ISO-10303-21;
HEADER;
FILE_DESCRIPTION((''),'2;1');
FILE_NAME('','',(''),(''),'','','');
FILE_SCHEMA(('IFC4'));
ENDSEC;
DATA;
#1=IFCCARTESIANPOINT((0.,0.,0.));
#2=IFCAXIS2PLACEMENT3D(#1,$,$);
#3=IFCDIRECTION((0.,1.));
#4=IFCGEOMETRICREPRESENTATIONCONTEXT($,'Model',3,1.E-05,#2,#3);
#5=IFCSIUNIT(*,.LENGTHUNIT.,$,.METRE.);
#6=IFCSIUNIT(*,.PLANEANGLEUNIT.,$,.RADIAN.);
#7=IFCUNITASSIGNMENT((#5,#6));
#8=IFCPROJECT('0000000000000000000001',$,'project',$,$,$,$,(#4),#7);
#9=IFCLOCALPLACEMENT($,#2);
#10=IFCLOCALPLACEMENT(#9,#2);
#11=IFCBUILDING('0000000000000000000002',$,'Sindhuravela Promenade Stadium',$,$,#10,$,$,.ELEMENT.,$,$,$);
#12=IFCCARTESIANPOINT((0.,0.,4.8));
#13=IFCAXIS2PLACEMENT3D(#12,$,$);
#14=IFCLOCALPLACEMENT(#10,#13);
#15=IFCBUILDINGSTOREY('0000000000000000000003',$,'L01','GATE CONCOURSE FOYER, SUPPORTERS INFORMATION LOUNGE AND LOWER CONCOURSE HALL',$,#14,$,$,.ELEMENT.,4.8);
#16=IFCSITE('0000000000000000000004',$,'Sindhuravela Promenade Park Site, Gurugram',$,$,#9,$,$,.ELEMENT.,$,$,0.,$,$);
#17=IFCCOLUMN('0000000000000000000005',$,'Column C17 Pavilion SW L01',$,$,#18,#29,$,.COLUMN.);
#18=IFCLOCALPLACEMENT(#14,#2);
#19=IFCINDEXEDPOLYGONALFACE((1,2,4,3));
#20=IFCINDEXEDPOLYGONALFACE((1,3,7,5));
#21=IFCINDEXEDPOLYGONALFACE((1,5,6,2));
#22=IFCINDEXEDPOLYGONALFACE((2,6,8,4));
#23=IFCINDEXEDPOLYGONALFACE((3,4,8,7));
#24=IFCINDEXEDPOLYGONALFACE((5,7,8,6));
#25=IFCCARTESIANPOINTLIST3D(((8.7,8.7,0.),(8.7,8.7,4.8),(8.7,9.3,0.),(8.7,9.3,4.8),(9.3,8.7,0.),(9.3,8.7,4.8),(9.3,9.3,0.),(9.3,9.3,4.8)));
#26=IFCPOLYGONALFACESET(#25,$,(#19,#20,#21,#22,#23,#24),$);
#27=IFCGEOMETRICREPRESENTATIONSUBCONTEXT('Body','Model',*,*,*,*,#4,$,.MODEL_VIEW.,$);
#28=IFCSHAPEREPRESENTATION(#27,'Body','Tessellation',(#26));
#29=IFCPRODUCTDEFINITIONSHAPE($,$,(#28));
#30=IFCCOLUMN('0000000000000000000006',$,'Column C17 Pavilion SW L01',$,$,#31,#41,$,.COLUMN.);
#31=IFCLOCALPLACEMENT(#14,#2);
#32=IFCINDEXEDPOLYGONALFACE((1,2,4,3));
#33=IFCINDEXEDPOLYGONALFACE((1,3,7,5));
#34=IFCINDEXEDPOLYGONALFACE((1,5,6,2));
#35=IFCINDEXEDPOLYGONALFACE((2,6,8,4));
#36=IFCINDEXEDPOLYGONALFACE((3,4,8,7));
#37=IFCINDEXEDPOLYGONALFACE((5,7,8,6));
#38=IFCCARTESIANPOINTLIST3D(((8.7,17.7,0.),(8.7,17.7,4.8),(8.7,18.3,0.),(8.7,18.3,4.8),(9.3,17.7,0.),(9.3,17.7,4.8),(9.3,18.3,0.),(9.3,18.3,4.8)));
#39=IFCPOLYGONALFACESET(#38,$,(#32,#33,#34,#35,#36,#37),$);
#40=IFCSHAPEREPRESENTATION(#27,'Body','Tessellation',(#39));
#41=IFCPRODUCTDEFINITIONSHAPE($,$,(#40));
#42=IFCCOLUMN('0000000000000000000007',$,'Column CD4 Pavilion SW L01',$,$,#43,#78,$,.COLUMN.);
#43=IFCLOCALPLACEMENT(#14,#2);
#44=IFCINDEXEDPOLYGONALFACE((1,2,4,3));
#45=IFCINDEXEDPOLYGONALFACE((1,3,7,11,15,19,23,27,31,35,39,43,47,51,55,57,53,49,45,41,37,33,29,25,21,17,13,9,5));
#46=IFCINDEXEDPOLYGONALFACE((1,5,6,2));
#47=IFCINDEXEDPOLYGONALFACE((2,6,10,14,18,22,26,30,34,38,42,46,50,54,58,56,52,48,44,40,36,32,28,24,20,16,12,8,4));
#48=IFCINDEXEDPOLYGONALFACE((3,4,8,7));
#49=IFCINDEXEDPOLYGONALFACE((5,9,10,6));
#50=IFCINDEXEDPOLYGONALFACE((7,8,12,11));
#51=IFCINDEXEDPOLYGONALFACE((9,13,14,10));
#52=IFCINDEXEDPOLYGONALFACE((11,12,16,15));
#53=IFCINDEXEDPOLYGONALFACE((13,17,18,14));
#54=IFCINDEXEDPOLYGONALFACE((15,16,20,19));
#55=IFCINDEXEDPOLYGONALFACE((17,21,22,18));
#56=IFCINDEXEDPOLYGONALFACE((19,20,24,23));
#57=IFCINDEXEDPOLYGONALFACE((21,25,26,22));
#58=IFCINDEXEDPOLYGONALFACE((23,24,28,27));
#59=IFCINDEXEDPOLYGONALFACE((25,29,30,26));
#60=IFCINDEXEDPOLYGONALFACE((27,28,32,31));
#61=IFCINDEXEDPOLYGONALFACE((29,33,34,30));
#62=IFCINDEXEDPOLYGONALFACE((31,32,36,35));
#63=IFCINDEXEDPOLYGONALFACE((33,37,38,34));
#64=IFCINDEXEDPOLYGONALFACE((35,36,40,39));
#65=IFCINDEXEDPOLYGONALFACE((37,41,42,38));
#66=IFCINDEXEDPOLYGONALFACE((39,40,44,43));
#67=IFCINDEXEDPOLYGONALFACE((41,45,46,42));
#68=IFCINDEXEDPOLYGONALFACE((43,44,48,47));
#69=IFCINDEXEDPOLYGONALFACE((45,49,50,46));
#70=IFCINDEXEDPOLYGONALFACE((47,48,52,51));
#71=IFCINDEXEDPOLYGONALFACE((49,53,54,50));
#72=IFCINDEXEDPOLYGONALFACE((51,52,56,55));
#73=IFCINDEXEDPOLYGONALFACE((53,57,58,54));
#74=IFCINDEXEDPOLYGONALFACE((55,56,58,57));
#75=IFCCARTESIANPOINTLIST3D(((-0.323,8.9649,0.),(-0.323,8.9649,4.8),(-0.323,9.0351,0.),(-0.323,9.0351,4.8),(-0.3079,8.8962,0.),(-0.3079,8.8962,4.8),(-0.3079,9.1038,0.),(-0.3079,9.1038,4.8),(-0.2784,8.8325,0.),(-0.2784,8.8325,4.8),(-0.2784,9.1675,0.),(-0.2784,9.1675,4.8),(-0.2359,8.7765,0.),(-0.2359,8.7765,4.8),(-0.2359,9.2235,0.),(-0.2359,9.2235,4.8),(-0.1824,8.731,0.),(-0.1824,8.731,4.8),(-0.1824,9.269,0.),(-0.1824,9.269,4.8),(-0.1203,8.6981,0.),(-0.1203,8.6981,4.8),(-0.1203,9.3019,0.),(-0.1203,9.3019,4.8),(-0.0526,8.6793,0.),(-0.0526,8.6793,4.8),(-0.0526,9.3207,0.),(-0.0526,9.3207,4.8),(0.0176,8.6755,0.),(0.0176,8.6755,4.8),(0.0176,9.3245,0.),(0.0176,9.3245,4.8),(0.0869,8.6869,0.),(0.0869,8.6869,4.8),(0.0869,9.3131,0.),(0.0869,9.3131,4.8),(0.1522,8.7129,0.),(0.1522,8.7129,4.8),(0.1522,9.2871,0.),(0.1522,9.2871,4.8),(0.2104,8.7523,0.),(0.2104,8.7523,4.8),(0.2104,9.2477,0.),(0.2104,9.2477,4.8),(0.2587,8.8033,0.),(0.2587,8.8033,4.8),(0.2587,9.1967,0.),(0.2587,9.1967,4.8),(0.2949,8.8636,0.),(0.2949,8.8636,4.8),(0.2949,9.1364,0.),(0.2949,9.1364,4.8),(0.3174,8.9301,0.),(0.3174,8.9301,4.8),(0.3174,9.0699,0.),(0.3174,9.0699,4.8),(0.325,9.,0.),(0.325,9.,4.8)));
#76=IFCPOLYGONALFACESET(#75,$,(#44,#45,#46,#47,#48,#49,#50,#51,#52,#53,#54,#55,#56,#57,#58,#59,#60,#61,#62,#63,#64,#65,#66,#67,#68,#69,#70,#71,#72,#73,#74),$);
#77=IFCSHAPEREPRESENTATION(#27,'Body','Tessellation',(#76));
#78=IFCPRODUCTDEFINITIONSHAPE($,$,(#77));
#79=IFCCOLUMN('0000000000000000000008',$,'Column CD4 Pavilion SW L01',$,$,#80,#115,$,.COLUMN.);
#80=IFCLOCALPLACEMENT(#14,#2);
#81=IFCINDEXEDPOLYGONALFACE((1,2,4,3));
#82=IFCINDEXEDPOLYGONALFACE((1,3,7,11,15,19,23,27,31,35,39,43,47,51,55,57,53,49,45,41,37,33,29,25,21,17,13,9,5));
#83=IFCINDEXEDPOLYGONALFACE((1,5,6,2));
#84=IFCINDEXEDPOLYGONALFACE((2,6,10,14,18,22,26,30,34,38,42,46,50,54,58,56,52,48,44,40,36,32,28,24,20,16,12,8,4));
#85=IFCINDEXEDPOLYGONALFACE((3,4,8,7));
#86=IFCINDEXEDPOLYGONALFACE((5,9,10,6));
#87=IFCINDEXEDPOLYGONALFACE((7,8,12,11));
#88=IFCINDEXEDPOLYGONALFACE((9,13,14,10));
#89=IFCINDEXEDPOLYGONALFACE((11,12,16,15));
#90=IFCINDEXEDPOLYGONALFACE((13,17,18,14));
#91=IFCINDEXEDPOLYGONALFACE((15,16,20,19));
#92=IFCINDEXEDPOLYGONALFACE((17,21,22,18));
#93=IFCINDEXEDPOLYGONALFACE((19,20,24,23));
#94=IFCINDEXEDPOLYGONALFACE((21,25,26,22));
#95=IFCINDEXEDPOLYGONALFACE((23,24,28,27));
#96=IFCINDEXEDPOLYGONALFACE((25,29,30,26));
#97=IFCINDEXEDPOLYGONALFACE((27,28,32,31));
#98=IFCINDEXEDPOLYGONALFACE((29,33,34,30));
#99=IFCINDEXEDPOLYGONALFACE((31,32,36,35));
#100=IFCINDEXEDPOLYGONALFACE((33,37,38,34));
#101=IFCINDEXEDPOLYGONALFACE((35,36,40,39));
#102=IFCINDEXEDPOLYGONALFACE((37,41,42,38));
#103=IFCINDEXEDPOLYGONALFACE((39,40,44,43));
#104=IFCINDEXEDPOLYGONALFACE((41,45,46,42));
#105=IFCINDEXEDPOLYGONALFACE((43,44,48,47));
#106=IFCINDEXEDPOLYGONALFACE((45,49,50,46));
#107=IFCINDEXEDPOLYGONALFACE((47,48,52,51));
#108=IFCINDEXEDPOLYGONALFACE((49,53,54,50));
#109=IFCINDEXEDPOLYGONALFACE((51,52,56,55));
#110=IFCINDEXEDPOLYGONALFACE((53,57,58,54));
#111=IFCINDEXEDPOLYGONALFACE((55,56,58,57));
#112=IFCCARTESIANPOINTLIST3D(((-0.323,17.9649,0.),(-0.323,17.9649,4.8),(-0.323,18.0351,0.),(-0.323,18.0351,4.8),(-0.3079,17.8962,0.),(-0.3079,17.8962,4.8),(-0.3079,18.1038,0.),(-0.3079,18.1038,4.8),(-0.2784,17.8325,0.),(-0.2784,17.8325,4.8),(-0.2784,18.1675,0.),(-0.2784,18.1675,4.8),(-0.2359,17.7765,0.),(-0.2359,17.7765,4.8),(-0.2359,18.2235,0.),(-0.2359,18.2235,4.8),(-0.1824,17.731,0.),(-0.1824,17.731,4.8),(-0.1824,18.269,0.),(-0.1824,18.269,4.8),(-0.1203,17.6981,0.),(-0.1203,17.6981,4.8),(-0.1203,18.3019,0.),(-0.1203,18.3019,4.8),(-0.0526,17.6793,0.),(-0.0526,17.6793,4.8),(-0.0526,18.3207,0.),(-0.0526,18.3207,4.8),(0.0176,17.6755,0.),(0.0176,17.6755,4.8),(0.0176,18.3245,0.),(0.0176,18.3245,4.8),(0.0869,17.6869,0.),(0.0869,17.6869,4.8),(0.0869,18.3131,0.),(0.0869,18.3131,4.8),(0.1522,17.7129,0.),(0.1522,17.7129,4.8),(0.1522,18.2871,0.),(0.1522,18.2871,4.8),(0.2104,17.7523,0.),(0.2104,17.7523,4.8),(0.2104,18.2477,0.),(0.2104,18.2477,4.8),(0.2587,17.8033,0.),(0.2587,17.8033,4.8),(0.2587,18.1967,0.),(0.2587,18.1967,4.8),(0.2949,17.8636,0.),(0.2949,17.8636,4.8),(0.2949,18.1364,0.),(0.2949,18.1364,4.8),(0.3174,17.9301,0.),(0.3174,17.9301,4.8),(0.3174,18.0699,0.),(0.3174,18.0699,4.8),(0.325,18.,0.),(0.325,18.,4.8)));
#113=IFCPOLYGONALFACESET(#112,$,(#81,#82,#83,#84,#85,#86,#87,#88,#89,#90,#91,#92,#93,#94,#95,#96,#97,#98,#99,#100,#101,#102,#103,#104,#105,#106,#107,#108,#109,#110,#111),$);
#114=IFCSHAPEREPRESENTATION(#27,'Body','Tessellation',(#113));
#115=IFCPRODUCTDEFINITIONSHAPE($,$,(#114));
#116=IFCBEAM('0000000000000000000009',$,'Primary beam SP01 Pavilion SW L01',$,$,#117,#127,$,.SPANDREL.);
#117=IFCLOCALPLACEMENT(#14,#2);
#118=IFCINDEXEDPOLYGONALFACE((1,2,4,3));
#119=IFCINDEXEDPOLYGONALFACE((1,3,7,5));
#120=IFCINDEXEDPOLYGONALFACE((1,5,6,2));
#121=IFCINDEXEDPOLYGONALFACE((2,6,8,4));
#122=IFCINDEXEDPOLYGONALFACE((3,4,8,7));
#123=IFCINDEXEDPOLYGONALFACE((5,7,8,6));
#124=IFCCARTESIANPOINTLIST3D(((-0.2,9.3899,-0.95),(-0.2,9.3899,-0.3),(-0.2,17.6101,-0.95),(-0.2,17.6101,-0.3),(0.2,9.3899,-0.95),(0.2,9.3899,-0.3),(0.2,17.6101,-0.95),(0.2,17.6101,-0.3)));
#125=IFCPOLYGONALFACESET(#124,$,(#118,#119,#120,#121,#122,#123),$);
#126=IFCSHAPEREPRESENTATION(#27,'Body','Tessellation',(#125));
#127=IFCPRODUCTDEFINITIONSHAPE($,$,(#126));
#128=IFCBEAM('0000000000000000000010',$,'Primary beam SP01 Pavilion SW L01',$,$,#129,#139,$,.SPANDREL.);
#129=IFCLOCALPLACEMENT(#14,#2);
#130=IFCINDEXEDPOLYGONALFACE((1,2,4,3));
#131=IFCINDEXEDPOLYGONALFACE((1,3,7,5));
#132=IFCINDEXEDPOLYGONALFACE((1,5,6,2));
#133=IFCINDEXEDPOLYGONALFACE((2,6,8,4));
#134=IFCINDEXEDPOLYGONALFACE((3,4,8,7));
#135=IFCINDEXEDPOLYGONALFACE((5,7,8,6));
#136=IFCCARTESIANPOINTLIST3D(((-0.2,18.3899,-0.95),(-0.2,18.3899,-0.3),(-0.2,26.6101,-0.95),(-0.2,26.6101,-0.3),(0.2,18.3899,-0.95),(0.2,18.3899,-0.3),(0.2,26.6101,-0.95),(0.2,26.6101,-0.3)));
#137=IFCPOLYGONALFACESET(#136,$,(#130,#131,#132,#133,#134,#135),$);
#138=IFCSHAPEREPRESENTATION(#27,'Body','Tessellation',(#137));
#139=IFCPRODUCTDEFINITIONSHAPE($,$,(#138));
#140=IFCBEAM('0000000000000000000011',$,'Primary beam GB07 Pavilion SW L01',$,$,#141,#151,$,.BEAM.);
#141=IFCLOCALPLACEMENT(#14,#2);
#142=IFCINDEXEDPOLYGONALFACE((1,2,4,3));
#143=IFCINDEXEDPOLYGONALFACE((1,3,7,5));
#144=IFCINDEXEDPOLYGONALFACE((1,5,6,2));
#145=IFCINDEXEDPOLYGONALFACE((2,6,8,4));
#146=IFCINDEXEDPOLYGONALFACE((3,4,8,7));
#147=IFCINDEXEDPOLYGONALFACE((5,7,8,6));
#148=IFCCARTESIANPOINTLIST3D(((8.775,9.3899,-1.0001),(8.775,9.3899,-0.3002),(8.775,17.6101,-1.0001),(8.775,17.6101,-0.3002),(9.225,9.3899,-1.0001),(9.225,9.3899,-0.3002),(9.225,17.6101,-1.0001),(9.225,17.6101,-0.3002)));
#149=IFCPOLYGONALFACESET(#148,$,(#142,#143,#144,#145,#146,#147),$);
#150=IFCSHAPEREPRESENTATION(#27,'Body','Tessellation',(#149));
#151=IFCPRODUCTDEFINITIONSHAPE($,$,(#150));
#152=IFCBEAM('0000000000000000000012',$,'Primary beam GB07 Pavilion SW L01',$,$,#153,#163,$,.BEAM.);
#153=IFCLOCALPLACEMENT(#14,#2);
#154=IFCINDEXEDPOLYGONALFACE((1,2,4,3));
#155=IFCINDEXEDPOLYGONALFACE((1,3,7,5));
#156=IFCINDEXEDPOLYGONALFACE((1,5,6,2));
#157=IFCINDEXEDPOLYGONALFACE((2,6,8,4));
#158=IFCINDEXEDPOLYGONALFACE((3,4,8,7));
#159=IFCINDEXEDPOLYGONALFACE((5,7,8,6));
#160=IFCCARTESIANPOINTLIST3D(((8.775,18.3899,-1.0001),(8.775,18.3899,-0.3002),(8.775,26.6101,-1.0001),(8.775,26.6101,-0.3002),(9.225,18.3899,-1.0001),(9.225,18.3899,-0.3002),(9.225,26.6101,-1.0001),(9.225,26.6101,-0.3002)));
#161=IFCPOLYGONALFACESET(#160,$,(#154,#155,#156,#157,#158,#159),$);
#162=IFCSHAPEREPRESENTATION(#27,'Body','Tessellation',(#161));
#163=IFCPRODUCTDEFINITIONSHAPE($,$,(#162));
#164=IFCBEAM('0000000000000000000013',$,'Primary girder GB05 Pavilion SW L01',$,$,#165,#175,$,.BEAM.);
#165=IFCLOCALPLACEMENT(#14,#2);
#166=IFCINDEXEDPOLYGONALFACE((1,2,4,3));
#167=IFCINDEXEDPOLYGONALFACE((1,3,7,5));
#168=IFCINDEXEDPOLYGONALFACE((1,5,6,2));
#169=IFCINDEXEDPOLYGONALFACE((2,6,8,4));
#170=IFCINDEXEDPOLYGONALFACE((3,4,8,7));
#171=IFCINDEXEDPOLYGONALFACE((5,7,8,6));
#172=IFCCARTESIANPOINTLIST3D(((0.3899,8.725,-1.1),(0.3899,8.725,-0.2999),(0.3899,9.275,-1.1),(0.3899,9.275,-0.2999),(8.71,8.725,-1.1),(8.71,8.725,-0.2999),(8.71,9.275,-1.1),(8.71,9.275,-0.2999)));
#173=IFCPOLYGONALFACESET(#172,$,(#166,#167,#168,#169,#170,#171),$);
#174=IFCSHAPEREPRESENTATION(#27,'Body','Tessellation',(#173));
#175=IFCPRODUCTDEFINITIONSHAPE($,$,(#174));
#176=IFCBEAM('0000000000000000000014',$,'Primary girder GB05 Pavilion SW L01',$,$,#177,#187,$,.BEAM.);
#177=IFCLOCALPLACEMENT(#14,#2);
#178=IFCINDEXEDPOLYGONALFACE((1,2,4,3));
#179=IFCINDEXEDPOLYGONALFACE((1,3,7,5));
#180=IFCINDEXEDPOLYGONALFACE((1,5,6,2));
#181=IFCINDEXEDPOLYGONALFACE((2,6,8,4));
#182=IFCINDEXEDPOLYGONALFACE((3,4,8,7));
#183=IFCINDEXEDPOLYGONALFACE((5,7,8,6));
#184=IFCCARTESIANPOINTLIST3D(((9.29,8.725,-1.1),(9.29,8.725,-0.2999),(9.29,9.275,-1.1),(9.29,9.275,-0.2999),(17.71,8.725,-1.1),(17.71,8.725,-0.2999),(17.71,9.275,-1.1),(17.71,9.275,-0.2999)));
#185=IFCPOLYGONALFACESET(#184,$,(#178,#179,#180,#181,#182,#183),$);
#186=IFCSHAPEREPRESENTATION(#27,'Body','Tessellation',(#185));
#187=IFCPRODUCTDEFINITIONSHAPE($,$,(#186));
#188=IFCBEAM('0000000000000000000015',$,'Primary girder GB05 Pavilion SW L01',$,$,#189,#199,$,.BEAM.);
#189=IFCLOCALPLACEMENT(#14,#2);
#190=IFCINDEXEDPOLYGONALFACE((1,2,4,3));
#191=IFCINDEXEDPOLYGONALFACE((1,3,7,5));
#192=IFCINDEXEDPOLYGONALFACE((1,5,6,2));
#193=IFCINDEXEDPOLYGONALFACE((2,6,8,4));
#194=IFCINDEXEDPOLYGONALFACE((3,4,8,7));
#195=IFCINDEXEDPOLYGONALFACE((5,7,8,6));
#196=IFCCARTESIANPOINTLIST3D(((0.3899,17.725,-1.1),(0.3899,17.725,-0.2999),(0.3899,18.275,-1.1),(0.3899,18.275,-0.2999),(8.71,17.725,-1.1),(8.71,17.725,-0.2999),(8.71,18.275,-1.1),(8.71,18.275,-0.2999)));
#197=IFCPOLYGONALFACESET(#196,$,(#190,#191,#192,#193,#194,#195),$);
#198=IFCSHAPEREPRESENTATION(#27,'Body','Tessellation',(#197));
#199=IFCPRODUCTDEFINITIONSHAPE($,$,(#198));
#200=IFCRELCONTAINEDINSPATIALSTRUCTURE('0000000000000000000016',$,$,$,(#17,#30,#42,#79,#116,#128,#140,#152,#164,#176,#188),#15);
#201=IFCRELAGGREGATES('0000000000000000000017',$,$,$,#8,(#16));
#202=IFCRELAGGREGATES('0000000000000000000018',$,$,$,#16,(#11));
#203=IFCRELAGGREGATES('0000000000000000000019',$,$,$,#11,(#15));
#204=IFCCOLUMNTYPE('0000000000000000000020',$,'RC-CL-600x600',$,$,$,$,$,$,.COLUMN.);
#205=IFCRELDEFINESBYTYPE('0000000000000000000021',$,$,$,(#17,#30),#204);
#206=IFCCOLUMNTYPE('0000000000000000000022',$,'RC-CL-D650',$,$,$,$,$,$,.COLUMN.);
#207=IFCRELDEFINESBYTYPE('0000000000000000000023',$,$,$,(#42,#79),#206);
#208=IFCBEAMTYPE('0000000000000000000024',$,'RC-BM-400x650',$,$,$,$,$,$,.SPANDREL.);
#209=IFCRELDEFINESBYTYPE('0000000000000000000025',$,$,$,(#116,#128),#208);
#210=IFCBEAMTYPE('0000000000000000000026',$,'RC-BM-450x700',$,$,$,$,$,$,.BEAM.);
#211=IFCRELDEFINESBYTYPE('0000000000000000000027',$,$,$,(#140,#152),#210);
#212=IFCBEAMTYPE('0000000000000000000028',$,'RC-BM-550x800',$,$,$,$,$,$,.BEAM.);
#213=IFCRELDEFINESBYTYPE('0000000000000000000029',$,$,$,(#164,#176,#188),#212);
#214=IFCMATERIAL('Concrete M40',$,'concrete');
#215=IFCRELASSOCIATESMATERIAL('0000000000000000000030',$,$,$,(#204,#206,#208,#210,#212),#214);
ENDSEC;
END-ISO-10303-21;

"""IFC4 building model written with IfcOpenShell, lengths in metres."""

from ifc_helpers import new_model, si_unit, direction, frame, origin, origin_2d, place, context, subcontext, project, spatial, rectangle, circle, extrude, material, material_profile, profile_set, type_object, element, save


model = new_model("IFC4")

# Units and contexts
model_context = context("Model", 3, precision=1e-05, world=origin(), true_north=direction((0.0, 1.0)))
body_context = subcontext(model_context, "Body", "Model", "MODEL_VIEW")
ifc_project = project(units=[si_unit("LENGTHUNIT", "METRE"), si_unit("PLANEANGLEUNIT", "RADIAN")], contexts=[model_context])

# Site, building, storey
site_placement = place(None, origin())
site = spatial("IfcSite", under=ifc_project, at=site_placement, Name="Sindhuravela Promenade Park Site, Gurugram", CompositionType="ELEMENT", RefElevation=0.0)
building_placement = place(site_placement, origin())
building = spatial("IfcBuilding", under=site, at=building_placement, Name="Sindhuravela Promenade Stadium", CompositionType="ELEMENT")
storey_placement = place(building_placement, frame((0.0, 0.0, 4.8)))
storey = spatial("IfcBuildingStorey", under=building, at=storey_placement, Name="L01", Description="GATE CONCOURSE FOYER, SUPPORTERS INFORMATION LOUNGE AND LOWER CONCOURSE HALL", CompositionType="ELEMENT", Elevation=4.8)

# Columns
ifc_material_1 = material(Name="Concrete M40", Category="concrete")
ifc_material_profile_1 = material_profile(ifc_material_1, rectangle(XDim=0.6001, YDim=0.6001, at=origin_2d()), Name="RC 600x600")
ifc_profile_set_1 = profile_set([ifc_material_profile_1], Name="Concrete M40")
column_type_1 = type_object("IfcColumnType", Name="RC-CL-600x600", PredefinedType="COLUMN", material=ifc_profile_set_1)
for number, where, z_axis, x_axis, name in (
    (1, (9.0, 9.0, 0.0), (0.0, 0.0, 1.0), (1.0, 0.0, 0.0), "Column C17 Pavilion SW L01"),
    (2, (9.0, 18.0, 0.0), (0.0, 0.0, 1.0), (1.0, 0.0, 0.0), "Column C17 Pavilion SW L01"),
):
    element("IfcColumn", number, at=place(storey_placement, frame(where, z_axis=z_axis, x_axis=x_axis)), inside=storey, type_object=column_type_1, Name=name, PredefinedType="COLUMN", context=body_context, shape_type="SweptSolid", body=[
        extrude(rectangle(XDim=0.6001, YDim=0.6001, at=origin_2d()), origin(), (0.0, 0.0, 1.0), 4.8),
    ])
ifc_material_profile_2 = material_profile(ifc_material_1, circle(Radius=0.325, at=origin_2d()), Name="RC D650")
ifc_profile_set_2 = profile_set([ifc_material_profile_2], Name="Concrete M40")
column_type_2 = type_object("IfcColumnType", Name="RC-CL-D650", PredefinedType="COLUMN", material=ifc_profile_set_2)
for number, where, z_axis, x_axis, name in (
    (3, (0.0, 9.0, 0.0), (0.0, 0.0, 1.0), (1.0, 0.0, 0.0), "Column CD4 Pavilion SW L01"),
    (4, (0.0, 18.0, 0.0), (0.0, 0.0, 1.0), (1.0, 0.0, 0.0), "Column CD4 Pavilion SW L01"),
):
    element("IfcColumn", number, at=place(storey_placement, frame(where, z_axis=z_axis, x_axis=x_axis)), inside=storey, type_object=column_type_2, Name=name, PredefinedType="COLUMN", context=body_context, shape_type="SweptSolid", body=[
        extrude(circle(Radius=0.325, at=origin_2d()), origin(), (0.0, 0.0, 1.0), 4.8),
    ])

# Beams
ifc_material_profile_3 = material_profile(ifc_material_1, rectangle(XDim=0.3999, YDim=0.6499, at=origin_2d()), Name="RC 400x650")
ifc_profile_set_3 = profile_set([ifc_material_profile_3], Name="Concrete M40")
beam_type_1 = type_object("IfcBeamType", Name="RC-BM-400x650", PredefinedType="SPANDREL", material=ifc_profile_set_3)
for number, where, z_axis, x_axis, name in (
    (5, (0.0, 9.3899, -0.625), (0.0, 1.0, 0.0), (-1.0, 0.0, 0.0), "Primary beam SP01 Pavilion SW L01"),
    (6, (0.0, 18.3899, -0.625), (0.0, 1.0, 0.0), (-1.0, 0.0, 0.0), "Primary beam SP01 Pavilion SW L01"),
):
    element("IfcBeam", number, at=place(storey_placement, frame(where, z_axis=z_axis, x_axis=x_axis)), inside=storey, type_object=beam_type_1, Name=name, PredefinedType="SPANDREL", context=body_context, shape_type="SweptSolid", body=[
        extrude(rectangle(XDim=0.3999, YDim=0.6499, at=origin_2d()), origin(), (0.0, 0.0, 1.0), 8.2202),
    ])
ifc_material_profile_4 = material_profile(ifc_material_1, rectangle(XDim=0.45, YDim=0.7, at=origin_2d()), Name="RC 450x700")
ifc_profile_set_4 = profile_set([ifc_material_profile_4], Name="Concrete M40")
beam_type_2 = type_object("IfcBeamType", Name="RC-BM-450x700", PredefinedType="BEAM", material=ifc_profile_set_4)
for number, where, z_axis, x_axis, name in (
    (7, (9.0, 9.3899, -0.6501), (0.0, 1.0, 0.0), (-1.0, 0.0, 0.0), "Primary beam GB07 Pavilion SW L01"),
    (8, (9.0, 18.3899, -0.6501), (0.0, 1.0, 0.0), (-1.0, 0.0, 0.0), "Primary beam GB07 Pavilion SW L01"),
):
    element("IfcBeam", number, at=place(storey_placement, frame(where, z_axis=z_axis, x_axis=x_axis)), inside=storey, type_object=beam_type_2, Name=name, PredefinedType="BEAM", context=body_context, shape_type="SweptSolid", body=[
        extrude(rectangle(XDim=0.45, YDim=0.7, at=origin_2d()), origin(), (0.0, 0.0, 1.0), 8.2202),
    ])
ifc_material_profile_5 = material_profile(ifc_material_1, rectangle(XDim=0.55, YDim=0.8, at=origin_2d()), Name="RC 550x800")
ifc_profile_set_5 = profile_set([ifc_material_profile_5], Name="Concrete M40")
beam_type_3 = type_object("IfcBeamType", Name="RC-BM-550x800", PredefinedType="BEAM", material=ifc_profile_set_5)
beam_1_placement = place(storey_placement, frame((0.3899, 9.0, -0.7), z_axis=(1.0, 0.0, 0.0), x_axis=(0.0, 1.0, 0.0)))
element("IfcBeam", 9, at=beam_1_placement, inside=storey, type_object=beam_type_3, Name="Primary girder GB05 Pavilion SW L01", PredefinedType="BEAM", context=body_context, shape_type="SweptSolid", body=[
    extrude(rectangle(XDim=0.55, YDim=0.8, at=origin_2d()), origin(), (0.0, 0.0, 1.0), 8.3201),
])
beam_2_placement = place(storey_placement, frame((9.29, 9.0, -0.7), z_axis=(1.0, 0.0, 0.0), x_axis=(0.0, 1.0, 0.0)))
element("IfcBeam", 10, at=beam_2_placement, inside=storey, type_object=beam_type_3, Name="Primary girder GB05 Pavilion SW L01", PredefinedType="BEAM", context=body_context, shape_type="SweptSolid", body=[
    extrude(rectangle(XDim=0.55, YDim=0.8, at=origin_2d()), origin(), (0.0, 0.0, 1.0), 8.4199),
])
beam_3_placement = place(storey_placement, frame((0.3899, 18.0, -0.7), z_axis=(1.0, 0.0, 0.0), x_axis=(0.0, 1.0, 0.0)))
element("IfcBeam", 11, at=beam_3_placement, inside=storey, type_object=beam_type_3, Name="Primary girder GB05 Pavilion SW L01", PredefinedType="BEAM", context=body_context, shape_type="SweptSolid", body=[
    extrude(rectangle(XDim=0.55, YDim=0.8, at=origin_2d()), origin(), (0.0, 0.0, 1.0), 8.3201),
])

save(model, "model.ifc")
